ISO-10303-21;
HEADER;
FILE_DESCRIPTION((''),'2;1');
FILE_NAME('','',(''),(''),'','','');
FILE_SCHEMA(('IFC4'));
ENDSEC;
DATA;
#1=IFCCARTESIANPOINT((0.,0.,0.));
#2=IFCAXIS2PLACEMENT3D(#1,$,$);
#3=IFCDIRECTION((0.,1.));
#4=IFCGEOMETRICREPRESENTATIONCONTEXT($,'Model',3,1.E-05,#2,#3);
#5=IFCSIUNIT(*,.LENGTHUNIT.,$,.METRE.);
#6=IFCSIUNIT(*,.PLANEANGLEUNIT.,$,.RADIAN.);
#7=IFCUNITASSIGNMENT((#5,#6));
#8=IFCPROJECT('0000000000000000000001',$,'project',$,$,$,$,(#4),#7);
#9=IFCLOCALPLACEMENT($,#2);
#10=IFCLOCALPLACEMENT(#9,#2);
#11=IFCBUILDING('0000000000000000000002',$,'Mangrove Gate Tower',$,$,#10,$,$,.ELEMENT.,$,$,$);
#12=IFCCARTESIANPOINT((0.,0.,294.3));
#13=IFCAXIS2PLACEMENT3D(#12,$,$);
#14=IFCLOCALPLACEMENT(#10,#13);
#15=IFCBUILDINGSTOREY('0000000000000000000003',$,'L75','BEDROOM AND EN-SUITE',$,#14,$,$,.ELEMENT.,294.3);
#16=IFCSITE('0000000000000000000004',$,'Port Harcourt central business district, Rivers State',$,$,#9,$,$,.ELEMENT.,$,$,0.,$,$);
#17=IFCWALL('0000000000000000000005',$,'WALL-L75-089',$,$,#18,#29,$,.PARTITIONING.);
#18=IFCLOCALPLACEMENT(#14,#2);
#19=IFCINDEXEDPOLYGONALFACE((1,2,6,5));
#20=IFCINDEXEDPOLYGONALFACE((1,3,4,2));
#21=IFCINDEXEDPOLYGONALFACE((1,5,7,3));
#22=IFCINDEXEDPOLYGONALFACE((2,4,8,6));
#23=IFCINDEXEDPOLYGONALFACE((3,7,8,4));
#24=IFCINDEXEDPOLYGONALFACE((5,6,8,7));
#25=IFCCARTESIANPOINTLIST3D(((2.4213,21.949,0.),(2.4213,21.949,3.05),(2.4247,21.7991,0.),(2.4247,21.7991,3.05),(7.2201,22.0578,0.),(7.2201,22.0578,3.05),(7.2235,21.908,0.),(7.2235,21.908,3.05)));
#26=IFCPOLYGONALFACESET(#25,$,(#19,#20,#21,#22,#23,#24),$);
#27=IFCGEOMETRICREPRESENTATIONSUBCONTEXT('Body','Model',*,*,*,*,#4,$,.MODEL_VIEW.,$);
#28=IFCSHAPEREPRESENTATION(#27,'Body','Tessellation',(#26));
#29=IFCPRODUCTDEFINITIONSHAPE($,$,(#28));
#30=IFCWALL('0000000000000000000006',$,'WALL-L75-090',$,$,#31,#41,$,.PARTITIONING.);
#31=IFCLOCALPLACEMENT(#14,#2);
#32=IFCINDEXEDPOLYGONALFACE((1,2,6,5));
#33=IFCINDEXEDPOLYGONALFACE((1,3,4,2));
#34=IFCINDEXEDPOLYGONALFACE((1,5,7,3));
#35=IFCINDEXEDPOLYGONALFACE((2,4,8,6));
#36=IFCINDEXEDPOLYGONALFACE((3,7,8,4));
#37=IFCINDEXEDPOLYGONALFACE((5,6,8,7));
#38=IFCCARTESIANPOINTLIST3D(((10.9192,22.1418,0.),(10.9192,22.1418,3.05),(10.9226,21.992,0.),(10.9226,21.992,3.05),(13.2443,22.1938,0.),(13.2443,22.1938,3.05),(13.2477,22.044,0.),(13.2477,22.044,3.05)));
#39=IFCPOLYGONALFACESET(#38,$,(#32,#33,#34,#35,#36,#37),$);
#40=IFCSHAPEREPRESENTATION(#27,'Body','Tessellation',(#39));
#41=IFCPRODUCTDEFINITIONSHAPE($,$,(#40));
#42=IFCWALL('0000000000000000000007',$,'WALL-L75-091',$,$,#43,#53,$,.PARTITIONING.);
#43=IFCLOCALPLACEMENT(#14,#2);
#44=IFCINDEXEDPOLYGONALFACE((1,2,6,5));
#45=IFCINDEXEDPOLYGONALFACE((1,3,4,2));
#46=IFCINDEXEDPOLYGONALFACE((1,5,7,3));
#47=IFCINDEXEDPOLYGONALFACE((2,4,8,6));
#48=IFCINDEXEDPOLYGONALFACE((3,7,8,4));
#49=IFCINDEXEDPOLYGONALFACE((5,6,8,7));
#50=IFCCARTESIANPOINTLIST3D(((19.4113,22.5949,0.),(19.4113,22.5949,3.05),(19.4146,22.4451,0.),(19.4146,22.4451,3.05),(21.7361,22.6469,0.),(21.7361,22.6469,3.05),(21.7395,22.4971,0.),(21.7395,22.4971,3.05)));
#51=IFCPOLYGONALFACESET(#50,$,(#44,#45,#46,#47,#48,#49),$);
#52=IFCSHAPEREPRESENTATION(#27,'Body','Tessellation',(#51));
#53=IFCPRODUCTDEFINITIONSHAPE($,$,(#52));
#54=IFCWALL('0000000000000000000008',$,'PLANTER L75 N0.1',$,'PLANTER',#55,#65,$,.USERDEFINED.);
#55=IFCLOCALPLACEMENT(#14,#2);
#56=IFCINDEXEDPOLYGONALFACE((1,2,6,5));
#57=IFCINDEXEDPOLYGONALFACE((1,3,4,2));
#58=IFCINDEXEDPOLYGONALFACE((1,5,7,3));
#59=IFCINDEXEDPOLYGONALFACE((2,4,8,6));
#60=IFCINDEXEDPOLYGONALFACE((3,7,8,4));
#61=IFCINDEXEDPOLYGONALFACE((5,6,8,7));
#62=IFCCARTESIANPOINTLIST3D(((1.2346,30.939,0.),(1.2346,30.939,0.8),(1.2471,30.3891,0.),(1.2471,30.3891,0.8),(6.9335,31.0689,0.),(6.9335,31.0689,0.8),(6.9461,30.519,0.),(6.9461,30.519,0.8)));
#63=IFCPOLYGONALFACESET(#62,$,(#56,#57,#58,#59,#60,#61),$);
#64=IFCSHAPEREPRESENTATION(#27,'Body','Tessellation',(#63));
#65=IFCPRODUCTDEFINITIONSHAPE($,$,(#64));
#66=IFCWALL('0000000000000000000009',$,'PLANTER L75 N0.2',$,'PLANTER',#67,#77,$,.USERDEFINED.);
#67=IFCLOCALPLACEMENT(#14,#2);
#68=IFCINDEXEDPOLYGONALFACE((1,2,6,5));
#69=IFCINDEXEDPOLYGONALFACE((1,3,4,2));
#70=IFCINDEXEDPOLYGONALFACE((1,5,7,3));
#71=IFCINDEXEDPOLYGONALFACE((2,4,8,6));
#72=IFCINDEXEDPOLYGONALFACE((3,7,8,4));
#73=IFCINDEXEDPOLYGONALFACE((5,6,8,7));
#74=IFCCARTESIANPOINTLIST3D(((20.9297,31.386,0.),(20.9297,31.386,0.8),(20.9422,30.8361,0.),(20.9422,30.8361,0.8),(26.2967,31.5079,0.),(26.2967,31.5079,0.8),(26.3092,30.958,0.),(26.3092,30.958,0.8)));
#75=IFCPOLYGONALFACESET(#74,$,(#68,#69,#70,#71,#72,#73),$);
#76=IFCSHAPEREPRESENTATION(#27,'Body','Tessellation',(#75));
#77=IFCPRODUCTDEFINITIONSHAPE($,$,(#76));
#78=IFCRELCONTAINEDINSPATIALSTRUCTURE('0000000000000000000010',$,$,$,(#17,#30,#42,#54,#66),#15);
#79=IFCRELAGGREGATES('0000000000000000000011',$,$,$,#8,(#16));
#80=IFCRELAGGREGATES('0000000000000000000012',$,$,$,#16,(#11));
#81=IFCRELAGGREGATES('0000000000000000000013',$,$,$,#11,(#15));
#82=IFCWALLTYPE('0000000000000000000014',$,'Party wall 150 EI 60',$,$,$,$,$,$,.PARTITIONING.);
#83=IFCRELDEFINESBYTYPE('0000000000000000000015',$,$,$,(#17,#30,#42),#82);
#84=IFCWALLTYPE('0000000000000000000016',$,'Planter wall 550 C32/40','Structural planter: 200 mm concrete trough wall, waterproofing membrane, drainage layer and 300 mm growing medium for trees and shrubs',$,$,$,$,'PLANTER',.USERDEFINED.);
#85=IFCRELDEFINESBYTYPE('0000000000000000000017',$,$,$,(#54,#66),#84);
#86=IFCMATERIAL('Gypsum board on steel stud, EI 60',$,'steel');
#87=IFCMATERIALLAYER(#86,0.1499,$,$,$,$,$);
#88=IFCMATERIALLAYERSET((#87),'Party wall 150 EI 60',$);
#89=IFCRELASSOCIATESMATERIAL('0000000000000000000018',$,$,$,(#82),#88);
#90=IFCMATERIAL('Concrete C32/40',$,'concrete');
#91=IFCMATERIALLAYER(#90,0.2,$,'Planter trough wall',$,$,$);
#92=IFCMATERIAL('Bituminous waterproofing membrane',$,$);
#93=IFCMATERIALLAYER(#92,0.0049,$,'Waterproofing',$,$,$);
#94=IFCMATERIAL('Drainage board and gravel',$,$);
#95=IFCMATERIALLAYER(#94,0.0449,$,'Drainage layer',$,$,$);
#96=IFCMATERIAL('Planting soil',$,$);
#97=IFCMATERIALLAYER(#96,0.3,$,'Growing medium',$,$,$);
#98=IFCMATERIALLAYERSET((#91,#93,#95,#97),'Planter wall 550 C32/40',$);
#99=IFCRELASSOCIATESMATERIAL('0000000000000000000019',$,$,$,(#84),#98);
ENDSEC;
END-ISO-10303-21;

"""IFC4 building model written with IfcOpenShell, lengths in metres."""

from ifc_helpers import new_model, si_unit, direction, frame, frame_2d, origin, place, context, subcontext, project, spatial, rectangle, extrude, material, layer, layer_set, type_object, element, save


model = new_model("IFC4")

# Units and contexts
model_context = context("Model", 3, precision=1e-05, world=origin(), true_north=direction((0.0, 1.0)))
body_context = subcontext(model_context, "Body", "Model", "MODEL_VIEW")
ifc_project = project(units=[si_unit("LENGTHUNIT", "METRE"), si_unit("PLANEANGLEUNIT", "RADIAN")], contexts=[model_context])

# Site, building, storey
site_placement = place(None, origin())
site = spatial("IfcSite", under=ifc_project, at=site_placement, Name="Port Harcourt central business district, Rivers State", CompositionType="ELEMENT", RefElevation=0.0)
building_placement = place(site_placement, origin())
building = spatial("IfcBuilding", under=site, at=building_placement, Name="Mangrove Gate Tower", CompositionType="ELEMENT")
storey_placement = place(building_placement, frame((0.0, 0.0, 294.3)))
storey = spatial("IfcBuildingStorey", under=building, at=storey_placement, Name="L75", Description="BEDROOM AND EN-SUITE", CompositionType="ELEMENT", Elevation=294.3)

# Shared definitions
ifc_material_1 = material(Name="Gypsum board on steel stud, EI 60", Category="steel")
ifc_layer_1 = layer(ifc_material_1, 0.1499)
ifc_layer_set_1 = layer_set([ifc_layer_1], Name="Party wall 150 EI 60")
wall_type_1 = type_object("IfcWallType", Name="Party wall 150 EI 60", PredefinedType="PARTITIONING", material=ifc_layer_set_1)

# Walls
wall_1_placement = place(storey_placement, frame((2.4231, 21.874, 0.0), z_axis=(0.0, 0.0, 1.0), x_axis=(0.999743, 0.022684, 0.0)))
element("IfcWall", 1, at=wall_1_placement, inside=storey, type_object=wall_type_1, Name="WALL-L75-089", PredefinedType="PARTITIONING", context=body_context, shape_type="SweptSolid", body=[
    extrude(rectangle(XDim=4.8, YDim=0.1499, at=frame_2d((2.3999, 0.0))), origin(), (0.0, 0.0, 1.0), 3.05),
])
wall_2_placement = place(storey_placement, frame((10.9209, 22.0669, 0.0), z_axis=(0.0, 0.0, 1.0), x_axis=(0.99975, 0.022359, 0.0)))
element("IfcWall", 2, at=wall_2_placement, inside=storey, type_object=wall_type_1, Name="WALL-L75-090", PredefinedType="PARTITIONING", context=body_context, shape_type="SweptSolid", body=[
    extrude(rectangle(XDim=2.3257, YDim=0.1499, at=frame_2d((1.1628, 0.0))), origin(), (0.0, 0.0, 1.0), 3.05),
])
wall_3_placement = place(storey_placement, frame((19.4131, 22.52, 0.0), z_axis=(0.0, 0.0, 1.0), x_axis=(0.99975, 0.022361, 0.0)))
element("IfcWall", 3, at=wall_3_placement, inside=storey, type_object=wall_type_1, Name="WALL-L75-091", PredefinedType="PARTITIONING", context=body_context, shape_type="SweptSolid", body=[
    extrude(rectangle(XDim=2.3254, YDim=0.1499, at=frame_2d((1.1626, 0.0))), origin(), (0.0, 0.0, 1.0), 3.05),
])
ifc_material_2 = material(Name="Concrete C32/40", Category="concrete")
ifc_layer_2 = layer(ifc_material_2, 0.2, Name="Planter trough wall")
ifc_material_3 = material(Name="Bituminous waterproofing membrane")
ifc_layer_3 = layer(ifc_material_3, 0.0049, Name="Waterproofing")
ifc_material_4 = material(Name="Drainage board and gravel")
ifc_layer_4 = layer(ifc_material_4, 0.0449, Name="Drainage layer")
ifc_material_5 = material(Name="Planting soil")
ifc_layer_5 = layer(ifc_material_5, 0.3, Name="Growing medium")
ifc_layer_set_2 = layer_set([ifc_layer_2, ifc_layer_3, ifc_layer_4, ifc_layer_5], Name="Planter wall 550 C32/40")
wall_type_2 = type_object("IfcWallType", Name="Planter wall 550 C32/40", Description="Structural planter: 200 mm concrete trough wall, waterproofing membrane, drainage layer and 300 mm growing medium for trees and shrubs", ElementType="PLANTER", PredefinedType="USERDEFINED", material=ifc_layer_set_2)
wall_4_placement = place(storey_placement, frame((1.241, 30.6641, 0.0), z_axis=(0.0, 0.0, 1.0), x_axis=(0.99974, 0.022785, 0.0)))
element("IfcWall", 4, at=wall_4_placement, inside=storey, type_object=wall_type_2, Name="PLANTER L75 N0.1", ObjectType="PLANTER", PredefinedType="USERDEFINED", context=body_context, shape_type="SweptSolid", body=[
    extrude(rectangle(XDim=5.7004, YDim=0.55, at=frame_2d((2.8501, 0.0))), origin(), (0.0, 0.0, 1.0), 0.8),
])
wall_5_placement = place(storey_placement, frame((20.936, 31.1111, 0.0), z_axis=(0.0, 0.0, 1.0), x_axis=(0.999742, 0.022694, 0.0)))
element("IfcWall", 5, at=wall_5_placement, inside=storey, type_object=wall_type_2, Name="PLANTER L75 N0.2", ObjectType="PLANTER", PredefinedType="USERDEFINED", context=body_context, shape_type="SweptSolid", body=[
    extrude(rectangle(XDim=5.3684, YDim=0.55, at=frame_2d((2.6841, 0.0))), origin(), (0.0, 0.0, 1.0), 0.8),
])

save(model, "model.ifc")
